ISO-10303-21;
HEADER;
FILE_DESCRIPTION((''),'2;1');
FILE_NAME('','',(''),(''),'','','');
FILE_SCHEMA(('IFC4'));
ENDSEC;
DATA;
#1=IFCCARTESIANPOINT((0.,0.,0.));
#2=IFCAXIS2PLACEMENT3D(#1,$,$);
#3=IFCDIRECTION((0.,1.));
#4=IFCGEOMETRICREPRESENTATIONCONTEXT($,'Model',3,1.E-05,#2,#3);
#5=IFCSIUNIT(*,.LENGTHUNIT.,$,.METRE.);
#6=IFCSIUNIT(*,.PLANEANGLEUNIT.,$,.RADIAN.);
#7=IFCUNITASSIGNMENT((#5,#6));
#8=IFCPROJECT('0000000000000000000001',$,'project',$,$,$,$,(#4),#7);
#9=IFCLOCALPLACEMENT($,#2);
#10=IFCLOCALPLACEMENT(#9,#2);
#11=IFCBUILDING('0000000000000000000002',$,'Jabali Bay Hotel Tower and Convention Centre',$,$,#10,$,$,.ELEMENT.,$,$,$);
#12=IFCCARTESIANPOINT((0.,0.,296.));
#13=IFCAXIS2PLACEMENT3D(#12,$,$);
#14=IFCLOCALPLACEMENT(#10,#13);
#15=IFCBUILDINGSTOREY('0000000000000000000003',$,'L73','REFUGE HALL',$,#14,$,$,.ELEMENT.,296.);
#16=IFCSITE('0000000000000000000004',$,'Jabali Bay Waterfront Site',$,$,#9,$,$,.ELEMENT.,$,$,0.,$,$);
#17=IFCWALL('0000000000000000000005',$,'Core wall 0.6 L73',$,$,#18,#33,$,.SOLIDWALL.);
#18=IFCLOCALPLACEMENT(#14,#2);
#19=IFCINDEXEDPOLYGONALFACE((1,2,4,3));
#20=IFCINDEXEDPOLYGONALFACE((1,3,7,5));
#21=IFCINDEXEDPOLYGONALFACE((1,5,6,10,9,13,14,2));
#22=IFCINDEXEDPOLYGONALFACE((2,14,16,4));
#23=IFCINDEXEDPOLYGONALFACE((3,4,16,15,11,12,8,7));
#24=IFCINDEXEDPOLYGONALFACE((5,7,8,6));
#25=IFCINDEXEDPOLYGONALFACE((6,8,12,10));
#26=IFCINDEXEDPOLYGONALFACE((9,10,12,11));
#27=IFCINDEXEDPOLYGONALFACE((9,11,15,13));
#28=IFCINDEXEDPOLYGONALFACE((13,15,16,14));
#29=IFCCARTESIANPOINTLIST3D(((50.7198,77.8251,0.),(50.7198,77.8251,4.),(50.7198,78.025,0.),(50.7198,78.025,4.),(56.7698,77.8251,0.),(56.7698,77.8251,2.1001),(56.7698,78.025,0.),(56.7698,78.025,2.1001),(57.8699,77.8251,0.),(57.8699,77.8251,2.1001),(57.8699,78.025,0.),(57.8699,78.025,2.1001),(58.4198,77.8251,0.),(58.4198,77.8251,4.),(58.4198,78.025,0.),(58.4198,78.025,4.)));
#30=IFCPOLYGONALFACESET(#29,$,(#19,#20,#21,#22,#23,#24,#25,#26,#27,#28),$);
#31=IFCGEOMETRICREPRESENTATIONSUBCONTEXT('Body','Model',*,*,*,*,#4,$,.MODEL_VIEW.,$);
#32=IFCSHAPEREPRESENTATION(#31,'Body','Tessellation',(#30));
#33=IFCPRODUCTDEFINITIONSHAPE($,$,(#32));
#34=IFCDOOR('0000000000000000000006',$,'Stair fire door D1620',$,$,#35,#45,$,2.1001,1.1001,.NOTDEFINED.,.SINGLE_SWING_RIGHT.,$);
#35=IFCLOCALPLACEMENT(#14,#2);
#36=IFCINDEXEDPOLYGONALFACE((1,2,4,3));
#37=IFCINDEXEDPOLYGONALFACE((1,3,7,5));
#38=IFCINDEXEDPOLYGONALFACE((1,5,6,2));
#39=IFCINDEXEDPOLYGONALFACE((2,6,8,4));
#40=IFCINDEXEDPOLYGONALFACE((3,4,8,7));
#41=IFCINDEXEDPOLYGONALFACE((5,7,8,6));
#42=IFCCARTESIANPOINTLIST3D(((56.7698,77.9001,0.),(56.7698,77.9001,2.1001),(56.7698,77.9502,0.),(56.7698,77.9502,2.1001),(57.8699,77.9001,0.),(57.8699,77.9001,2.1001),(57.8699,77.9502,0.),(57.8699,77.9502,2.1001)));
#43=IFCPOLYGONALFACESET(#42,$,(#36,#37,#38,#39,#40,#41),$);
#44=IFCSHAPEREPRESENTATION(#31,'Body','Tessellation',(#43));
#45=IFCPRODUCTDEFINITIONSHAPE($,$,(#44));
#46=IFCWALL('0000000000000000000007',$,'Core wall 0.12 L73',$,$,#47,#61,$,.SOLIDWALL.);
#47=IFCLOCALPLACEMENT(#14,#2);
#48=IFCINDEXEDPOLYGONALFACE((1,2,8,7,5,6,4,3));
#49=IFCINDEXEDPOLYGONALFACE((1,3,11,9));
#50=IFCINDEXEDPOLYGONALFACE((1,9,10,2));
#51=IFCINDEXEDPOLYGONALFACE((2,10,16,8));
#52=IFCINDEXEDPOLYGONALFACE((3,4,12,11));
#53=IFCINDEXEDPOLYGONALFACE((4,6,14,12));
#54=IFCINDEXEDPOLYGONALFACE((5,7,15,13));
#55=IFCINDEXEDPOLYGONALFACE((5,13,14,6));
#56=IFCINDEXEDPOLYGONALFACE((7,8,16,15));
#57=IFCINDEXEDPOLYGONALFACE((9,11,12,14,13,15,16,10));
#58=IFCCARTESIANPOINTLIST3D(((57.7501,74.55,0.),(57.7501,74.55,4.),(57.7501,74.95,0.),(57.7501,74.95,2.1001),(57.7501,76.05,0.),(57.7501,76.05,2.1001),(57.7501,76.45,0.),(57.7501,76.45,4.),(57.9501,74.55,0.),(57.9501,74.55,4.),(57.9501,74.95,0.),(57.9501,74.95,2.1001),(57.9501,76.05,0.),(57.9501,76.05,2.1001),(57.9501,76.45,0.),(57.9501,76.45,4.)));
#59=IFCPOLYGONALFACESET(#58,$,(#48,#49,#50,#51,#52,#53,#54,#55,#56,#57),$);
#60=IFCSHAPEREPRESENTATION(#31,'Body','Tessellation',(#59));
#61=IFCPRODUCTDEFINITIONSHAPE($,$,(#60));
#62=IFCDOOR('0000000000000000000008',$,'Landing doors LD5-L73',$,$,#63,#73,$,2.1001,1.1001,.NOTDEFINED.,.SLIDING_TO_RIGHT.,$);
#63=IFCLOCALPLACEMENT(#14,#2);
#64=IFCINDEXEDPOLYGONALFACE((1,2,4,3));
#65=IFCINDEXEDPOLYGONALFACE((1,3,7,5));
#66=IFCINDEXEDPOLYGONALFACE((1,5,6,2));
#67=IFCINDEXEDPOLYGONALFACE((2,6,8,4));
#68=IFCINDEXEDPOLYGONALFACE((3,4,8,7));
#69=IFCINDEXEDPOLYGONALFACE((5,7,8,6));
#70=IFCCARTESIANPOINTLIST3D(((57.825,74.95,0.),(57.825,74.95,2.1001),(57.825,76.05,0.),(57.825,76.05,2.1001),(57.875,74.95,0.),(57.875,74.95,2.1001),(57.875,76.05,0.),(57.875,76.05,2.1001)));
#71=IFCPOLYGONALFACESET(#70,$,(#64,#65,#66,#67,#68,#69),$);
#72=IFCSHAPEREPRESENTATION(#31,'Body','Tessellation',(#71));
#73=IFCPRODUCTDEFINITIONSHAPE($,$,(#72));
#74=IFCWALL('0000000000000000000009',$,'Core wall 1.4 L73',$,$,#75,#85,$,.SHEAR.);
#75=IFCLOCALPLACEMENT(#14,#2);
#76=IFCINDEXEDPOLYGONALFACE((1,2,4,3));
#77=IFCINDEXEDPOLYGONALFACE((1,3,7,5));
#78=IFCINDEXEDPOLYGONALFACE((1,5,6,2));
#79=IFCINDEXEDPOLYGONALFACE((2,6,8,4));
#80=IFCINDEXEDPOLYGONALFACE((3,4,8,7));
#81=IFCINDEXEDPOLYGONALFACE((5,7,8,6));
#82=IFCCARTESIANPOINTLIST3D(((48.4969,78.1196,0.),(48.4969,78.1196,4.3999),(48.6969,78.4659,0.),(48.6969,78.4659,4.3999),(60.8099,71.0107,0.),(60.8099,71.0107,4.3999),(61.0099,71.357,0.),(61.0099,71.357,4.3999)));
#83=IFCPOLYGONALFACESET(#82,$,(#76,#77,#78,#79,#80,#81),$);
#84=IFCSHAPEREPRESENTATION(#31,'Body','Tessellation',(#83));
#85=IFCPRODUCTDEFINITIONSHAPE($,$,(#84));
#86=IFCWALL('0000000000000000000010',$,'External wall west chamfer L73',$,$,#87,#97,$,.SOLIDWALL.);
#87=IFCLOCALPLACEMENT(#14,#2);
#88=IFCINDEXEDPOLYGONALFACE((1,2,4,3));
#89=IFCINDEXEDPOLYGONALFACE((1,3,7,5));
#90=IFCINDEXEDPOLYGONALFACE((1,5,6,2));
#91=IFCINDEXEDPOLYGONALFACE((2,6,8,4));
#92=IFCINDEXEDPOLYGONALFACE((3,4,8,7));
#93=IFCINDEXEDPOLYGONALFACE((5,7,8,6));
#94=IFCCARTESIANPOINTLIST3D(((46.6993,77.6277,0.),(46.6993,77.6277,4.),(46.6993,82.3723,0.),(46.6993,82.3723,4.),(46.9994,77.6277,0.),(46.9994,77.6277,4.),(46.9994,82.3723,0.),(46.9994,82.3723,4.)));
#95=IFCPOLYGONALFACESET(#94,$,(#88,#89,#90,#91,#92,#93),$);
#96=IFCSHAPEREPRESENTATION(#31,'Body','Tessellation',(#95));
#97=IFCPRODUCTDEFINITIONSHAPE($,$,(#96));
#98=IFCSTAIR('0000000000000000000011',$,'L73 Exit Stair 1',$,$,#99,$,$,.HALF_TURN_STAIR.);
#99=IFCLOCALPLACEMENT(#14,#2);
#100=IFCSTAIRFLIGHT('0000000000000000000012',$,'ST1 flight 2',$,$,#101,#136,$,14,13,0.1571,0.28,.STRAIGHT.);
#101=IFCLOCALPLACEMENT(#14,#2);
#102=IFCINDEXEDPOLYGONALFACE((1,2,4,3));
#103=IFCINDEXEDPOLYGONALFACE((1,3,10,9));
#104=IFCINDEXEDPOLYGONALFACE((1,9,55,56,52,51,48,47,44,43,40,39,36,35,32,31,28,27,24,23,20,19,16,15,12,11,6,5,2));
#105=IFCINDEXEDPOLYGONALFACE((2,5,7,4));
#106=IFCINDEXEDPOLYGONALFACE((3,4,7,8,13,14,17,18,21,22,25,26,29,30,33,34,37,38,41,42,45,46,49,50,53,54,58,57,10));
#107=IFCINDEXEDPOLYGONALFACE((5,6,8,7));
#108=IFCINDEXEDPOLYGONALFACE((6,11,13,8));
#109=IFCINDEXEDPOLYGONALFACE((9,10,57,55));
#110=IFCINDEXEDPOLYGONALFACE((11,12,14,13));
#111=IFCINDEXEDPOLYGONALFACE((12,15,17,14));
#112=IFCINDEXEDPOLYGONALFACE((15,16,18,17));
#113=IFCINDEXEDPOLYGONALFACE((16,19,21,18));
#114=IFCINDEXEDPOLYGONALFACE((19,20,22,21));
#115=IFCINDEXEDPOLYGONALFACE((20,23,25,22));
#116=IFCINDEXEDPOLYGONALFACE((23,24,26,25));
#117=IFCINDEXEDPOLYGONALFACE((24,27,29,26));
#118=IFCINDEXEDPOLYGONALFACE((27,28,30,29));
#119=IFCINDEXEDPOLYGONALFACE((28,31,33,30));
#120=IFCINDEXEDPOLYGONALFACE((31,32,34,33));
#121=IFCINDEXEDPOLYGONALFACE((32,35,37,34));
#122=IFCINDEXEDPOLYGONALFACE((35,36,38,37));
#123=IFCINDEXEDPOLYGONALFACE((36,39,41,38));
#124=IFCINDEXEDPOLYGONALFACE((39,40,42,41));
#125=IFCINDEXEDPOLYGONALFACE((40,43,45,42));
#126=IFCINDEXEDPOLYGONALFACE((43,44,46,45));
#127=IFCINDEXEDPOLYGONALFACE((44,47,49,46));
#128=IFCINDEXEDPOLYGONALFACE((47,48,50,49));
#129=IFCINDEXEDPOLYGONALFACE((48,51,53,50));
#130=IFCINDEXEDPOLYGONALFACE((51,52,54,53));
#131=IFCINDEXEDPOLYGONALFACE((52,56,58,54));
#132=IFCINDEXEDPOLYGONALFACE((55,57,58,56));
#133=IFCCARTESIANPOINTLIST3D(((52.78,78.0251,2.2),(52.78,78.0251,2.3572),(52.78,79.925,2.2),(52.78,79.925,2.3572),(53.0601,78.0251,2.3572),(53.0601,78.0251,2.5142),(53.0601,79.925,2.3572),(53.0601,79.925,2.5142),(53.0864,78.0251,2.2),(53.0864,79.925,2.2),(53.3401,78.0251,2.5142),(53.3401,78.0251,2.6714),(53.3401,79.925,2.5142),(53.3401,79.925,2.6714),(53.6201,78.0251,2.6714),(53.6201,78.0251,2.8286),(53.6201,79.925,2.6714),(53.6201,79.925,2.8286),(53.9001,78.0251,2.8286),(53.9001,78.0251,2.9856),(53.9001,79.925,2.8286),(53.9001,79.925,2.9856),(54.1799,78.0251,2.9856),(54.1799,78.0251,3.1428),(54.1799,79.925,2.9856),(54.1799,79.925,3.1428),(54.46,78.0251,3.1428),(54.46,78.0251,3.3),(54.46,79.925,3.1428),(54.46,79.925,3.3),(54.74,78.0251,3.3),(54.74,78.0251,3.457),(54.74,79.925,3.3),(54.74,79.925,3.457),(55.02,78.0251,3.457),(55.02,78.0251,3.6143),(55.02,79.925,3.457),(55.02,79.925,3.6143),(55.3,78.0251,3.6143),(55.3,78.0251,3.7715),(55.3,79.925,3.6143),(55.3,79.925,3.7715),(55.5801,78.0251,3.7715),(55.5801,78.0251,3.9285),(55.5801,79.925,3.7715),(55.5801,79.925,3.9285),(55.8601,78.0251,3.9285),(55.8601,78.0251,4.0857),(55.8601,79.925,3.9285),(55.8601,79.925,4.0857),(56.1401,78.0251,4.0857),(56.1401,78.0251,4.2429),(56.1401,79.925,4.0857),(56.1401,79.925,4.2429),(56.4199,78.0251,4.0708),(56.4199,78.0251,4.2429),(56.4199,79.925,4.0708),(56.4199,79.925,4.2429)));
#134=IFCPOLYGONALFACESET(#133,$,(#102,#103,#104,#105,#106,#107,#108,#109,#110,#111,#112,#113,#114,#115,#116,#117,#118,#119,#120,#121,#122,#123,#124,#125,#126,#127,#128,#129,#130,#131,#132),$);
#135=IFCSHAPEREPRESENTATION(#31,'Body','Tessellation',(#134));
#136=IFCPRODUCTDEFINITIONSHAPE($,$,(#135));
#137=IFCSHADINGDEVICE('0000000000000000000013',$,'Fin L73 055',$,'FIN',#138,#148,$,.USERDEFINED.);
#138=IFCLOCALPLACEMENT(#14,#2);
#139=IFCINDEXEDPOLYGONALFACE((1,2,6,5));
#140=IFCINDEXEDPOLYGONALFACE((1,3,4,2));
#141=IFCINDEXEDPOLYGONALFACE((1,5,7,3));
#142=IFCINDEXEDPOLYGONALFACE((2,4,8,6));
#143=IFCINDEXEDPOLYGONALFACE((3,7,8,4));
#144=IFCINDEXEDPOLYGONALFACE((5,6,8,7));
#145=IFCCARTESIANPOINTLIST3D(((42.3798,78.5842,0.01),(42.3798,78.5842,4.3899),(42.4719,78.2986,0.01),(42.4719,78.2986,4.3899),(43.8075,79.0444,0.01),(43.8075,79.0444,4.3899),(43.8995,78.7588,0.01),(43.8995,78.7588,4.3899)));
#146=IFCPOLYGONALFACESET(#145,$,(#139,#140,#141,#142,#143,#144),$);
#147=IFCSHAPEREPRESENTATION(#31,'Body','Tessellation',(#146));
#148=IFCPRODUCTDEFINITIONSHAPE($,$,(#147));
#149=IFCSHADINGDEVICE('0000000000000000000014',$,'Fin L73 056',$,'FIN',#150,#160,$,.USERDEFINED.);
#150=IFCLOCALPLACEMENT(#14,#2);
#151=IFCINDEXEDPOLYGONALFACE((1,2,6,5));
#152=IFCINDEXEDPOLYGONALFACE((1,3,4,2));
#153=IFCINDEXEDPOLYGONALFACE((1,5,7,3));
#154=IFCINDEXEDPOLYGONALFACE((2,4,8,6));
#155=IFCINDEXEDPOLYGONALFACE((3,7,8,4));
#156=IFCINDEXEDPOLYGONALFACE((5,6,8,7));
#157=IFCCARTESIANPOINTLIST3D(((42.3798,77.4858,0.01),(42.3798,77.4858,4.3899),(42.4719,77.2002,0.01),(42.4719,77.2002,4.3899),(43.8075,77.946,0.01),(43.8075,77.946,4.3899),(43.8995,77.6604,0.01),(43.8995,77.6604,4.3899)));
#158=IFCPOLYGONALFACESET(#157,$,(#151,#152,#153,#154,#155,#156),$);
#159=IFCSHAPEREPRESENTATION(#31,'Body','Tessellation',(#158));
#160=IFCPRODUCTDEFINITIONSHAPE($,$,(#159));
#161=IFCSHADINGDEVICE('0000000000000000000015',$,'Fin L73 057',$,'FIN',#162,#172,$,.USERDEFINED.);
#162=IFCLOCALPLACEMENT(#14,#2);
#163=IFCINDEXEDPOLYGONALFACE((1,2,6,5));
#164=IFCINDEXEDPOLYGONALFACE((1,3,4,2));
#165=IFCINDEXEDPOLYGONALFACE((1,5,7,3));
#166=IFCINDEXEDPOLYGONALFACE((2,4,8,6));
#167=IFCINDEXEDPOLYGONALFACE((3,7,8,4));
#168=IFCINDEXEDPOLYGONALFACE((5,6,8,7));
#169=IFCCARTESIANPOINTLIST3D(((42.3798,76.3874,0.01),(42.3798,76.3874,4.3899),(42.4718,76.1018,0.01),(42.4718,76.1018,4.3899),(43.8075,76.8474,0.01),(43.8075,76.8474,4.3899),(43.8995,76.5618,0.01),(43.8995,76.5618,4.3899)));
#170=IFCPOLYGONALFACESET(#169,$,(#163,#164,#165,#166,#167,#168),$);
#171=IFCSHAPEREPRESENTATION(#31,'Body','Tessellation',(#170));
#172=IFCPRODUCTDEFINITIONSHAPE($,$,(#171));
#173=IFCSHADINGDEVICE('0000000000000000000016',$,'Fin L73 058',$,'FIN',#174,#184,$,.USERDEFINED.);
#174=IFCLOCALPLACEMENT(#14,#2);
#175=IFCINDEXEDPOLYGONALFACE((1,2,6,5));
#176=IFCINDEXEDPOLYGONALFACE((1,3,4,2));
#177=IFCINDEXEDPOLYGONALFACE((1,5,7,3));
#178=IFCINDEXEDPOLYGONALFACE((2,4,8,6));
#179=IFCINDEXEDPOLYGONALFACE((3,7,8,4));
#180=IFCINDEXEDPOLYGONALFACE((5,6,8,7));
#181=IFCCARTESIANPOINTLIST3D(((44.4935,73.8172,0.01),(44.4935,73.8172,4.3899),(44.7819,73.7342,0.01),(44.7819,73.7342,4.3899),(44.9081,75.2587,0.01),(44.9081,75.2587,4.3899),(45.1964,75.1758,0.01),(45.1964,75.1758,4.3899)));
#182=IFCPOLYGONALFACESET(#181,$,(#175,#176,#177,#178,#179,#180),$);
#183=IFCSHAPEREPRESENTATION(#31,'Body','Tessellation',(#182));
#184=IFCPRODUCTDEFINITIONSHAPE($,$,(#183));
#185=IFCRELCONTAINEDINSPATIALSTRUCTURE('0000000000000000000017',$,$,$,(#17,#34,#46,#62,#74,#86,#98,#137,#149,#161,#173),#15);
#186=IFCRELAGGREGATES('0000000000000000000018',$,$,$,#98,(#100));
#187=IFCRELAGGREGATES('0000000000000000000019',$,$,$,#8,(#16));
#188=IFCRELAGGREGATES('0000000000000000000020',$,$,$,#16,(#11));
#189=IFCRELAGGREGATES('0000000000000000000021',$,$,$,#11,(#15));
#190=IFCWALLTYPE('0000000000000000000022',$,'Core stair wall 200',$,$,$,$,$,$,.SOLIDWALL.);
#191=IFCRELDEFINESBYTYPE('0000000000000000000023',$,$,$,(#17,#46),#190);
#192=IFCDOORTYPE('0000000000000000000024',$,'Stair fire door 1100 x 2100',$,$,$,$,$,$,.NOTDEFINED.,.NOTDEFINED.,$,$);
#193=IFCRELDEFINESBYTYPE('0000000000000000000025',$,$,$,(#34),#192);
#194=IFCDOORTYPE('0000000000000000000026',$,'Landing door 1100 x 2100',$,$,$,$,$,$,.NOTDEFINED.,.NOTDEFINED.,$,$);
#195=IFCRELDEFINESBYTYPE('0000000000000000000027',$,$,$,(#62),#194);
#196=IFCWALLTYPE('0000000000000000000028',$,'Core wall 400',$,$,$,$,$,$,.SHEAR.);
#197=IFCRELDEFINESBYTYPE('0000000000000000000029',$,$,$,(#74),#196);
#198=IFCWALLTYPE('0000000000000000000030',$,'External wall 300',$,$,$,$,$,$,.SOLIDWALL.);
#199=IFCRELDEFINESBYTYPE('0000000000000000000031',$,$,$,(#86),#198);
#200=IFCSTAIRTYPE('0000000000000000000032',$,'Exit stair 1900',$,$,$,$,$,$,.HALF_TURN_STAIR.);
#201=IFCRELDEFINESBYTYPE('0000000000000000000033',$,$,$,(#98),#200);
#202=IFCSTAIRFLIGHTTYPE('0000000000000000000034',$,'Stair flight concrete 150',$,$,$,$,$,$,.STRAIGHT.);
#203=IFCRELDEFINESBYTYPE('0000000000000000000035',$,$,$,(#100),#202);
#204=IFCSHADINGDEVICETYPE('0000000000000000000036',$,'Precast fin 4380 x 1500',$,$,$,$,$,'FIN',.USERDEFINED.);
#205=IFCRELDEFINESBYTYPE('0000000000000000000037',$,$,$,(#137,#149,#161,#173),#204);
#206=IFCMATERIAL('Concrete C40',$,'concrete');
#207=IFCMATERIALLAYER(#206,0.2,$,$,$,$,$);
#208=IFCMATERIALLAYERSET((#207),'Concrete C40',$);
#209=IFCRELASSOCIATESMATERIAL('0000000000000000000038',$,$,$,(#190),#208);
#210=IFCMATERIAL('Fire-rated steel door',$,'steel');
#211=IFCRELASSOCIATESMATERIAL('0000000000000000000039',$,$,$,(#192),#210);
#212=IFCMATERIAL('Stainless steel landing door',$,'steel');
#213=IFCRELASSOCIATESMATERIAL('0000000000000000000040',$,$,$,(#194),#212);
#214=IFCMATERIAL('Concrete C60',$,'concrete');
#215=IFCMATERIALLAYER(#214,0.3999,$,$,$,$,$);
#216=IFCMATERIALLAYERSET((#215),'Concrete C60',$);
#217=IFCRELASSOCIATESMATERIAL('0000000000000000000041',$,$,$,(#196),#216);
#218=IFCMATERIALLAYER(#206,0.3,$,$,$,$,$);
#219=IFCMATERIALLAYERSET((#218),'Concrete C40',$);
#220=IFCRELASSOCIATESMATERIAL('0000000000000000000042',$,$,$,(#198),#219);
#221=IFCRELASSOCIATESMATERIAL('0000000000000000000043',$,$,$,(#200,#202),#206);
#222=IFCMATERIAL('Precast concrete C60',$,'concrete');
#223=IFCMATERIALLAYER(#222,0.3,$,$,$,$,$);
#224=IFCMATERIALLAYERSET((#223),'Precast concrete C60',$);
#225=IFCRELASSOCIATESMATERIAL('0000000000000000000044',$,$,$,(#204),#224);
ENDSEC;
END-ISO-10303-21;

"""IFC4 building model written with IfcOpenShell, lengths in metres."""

from ifc_helpers import new_model, si_unit, direction, frame, frame_2d, origin, place, context, subcontext, project, spatial, polyline, rectangle, outline, extrude, material, layer, layer_set, type_object, element, fill, aggregate, save


model = new_model("IFC4")

# Units and contexts
model_context = context("Model", 3, precision=1e-05, world=origin(), true_north=direction((0.0, 1.0)))
body_context = subcontext(model_context, "Body", "Model", "MODEL_VIEW")
ifc_project = project(units=[si_unit("LENGTHUNIT", "METRE"), si_unit("PLANEANGLEUNIT", "RADIAN")], contexts=[model_context])

# Site, building, storey
site_placement = place(None, origin())
site = spatial("IfcSite", under=ifc_project, at=site_placement, Name="Jabali Bay Waterfront Site", CompositionType="ELEMENT", RefElevation=0.0)
building_placement = place(site_placement, origin())
building = spatial("IfcBuilding", under=site, at=building_placement, Name="Jabali Bay Hotel Tower and Convention Centre", CompositionType="ELEMENT")
storey_placement = place(building_placement, frame((0.0, 0.0, 296.0)))
storey = spatial("IfcBuildingStorey", under=building, at=storey_placement, Name="L73", Description="REFUGE HALL", CompositionType="ELEMENT", Elevation=296.0)

# Shared definitions
ifc_material_1 = material(Name="Concrete C60", Category="concrete")

# Walls, openings, doors
ifc_material_2 = material(Name="Concrete C40", Category="concrete")
ifc_material_3 = material(Name="Fire-rated steel door", Category="steel")
ifc_layer_1 = layer(ifc_material_2, 0.2)
ifc_layer_set_1 = layer_set([ifc_layer_1], Name="Concrete C40")
wall_type_1 = type_object("IfcWallType", Name="Core stair wall 200", PredefinedType="SOLIDWALL", material=ifc_layer_set_1)
wall_1_placement = place(storey_placement, frame((58.4199, 77.925, 0.0), z_axis=(0.0, 0.0, 1.0), x_axis=(-1.0, 0.0, 0.0)))
wall_1 = element("IfcWall", 1, at=wall_1_placement, inside=storey, type_object=wall_type_1, Name="Core wall 0.6 L73", PredefinedType="SOLIDWALL", context=body_context, shape_type="SweptSolid", body=[
    extrude(rectangle(XDim=7.7, YDim=0.2, at=frame_2d((3.8501, 0.0))), origin(), (0.0, 0.0, 1.0), 4.0),
])
opening_1_placement = place(wall_1_placement, frame((0.55, 0.0, 0.0)))
opening_1 = element("IfcOpeningElement", 2, at=opening_1_placement, cuts=wall_1, PredefinedType="OPENING", context=body_context, shape_type="SweptSolid", body=[
    extrude(rectangle(XDim=1.1001, YDim=2.1001, at=frame_2d((0.55, 1.05))), frame((0.0, 0.1104, 0.0), z_axis=(0.0, -1.0, 0.0), x_axis=(1.0, 0.0, 0.0)), (0.0, 0.0, 1.0), 0.2209),
])
door_type_1 = type_object("IfcDoorType", Name="Stair fire door 1100 x 2100", OperationType="NOTDEFINED", PredefinedType="NOTDEFINED", material=ifc_material_3)
door_1_placement = place(opening_1_placement, origin())
door_1 = element("IfcDoor", 3, at=door_1_placement, inside=storey, type_object=door_type_1, Name="Stair fire door D1620", OperationType="SINGLE_SWING_RIGHT", OverallHeight=2.1001, OverallWidth=1.1001, PredefinedType="NOTDEFINED", context=body_context, shape_type="SweptSolid", body=[
    extrude(rectangle(XDim=1.1001, YDim=2.1001, at=frame_2d((0.55, 1.05))), frame((0.0, 0.0249, 0.0), z_axis=(0.0, -1.0, 0.0), x_axis=(1.0, 0.0, 0.0)), (0.0, 0.0, 1.0), 0.05),
])
fill(opening_1, door_1)
wall_2_placement = place(storey_placement, frame((57.8501, 76.45, 0.0), z_axis=(0.0, 0.0, 1.0), x_axis=(0.0, -1.0, 0.0)))
wall_2 = element("IfcWall", 4, at=wall_2_placement, inside=storey, type_object=wall_type_1, Name="Core wall 0.12 L73", PredefinedType="SOLIDWALL", context=body_context, shape_type="SweptSolid", body=[
    extrude(rectangle(XDim=1.8999, YDim=0.2, at=frame_2d((0.95, 0.0))), origin(), (0.0, 0.0, 1.0), 4.0),
])
opening_2_placement = place(wall_2_placement, frame((0.3999, 0.0, 0.0)))
opening_2 = element("IfcOpeningElement", 5, at=opening_2_placement, cuts=wall_2, PredefinedType="OPENING", context=body_context, shape_type="SweptSolid", body=[
    extrude(rectangle(XDim=1.1001, YDim=2.1001, at=frame_2d((0.55, 1.05))), frame((0.0, 0.1104, 0.0), z_axis=(0.0, -1.0, 0.0), x_axis=(1.0, 0.0, 0.0)), (0.0, 0.0, 1.0), 0.2209),
])
ifc_material_4 = material(Name="Stainless steel landing door", Category="steel")
door_type_2 = type_object("IfcDoorType", Name="Landing door 1100 x 2100", OperationType="NOTDEFINED", PredefinedType="NOTDEFINED", material=ifc_material_4)
door_2_placement = place(opening_2_placement, origin())
door_2 = element("IfcDoor", 6, at=door_2_placement, inside=storey, type_object=door_type_2, Name="Landing doors LD5-L73", OperationType="SLIDING_TO_RIGHT", OverallHeight=2.1001, OverallWidth=1.1001, PredefinedType="NOTDEFINED", context=body_context, shape_type="SweptSolid", body=[
    extrude(rectangle(XDim=1.1001, YDim=2.1001, at=frame_2d((0.55, 1.05))), frame((0.0, 0.0249, 0.0), z_axis=(0.0, -1.0, 0.0), x_axis=(1.0, 0.0, 0.0)), (0.0, 0.0, 1.0), 0.05),
])
fill(opening_2, door_2)

# Walls
ifc_layer_2 = layer(ifc_material_1, 0.3999)
ifc_layer_set_2 = layer_set([ifc_layer_2], Name="Concrete C60")
wall_type_2 = type_object("IfcWallType", Name="Core wall 400", PredefinedType="SHEAR", material=ifc_layer_set_2)
wall_3_placement = place(storey_placement, frame((48.5969, 78.2927, 0.0), z_axis=(0.0, 0.0, 1.0), x_axis=(0.866026, -0.499999, 0.0)))
element("IfcWall", 7, at=wall_3_placement, inside=storey, type_object=wall_type_2, Name="Core wall 1.4 L73", PredefinedType="SHEAR", context=body_context, shape_type="SweptSolid", body=[
    extrude(rectangle(XDim=14.2178, YDim=0.3999, at=frame_2d((7.1089, 0.0))), origin(), (0.0, 0.0, 1.0), 4.3999),
])
ifc_layer_3 = layer(ifc_material_2, 0.3)
ifc_layer_set_3 = layer_set([ifc_layer_3], Name="Concrete C40")
wall_type_3 = type_object("IfcWallType", Name="External wall 300", PredefinedType="SOLIDWALL", material=ifc_layer_set_3)
wall_4_placement = place(storey_placement, frame((46.8494, 77.6277, 0.0), z_axis=(0.0, 0.0, 1.0), x_axis=(0.0, 1.0, 0.0)))
element("IfcWall", 8, at=wall_4_placement, inside=storey, type_object=wall_type_3, Name="External wall west chamfer L73", PredefinedType="SOLIDWALL", context=body_context, shape_type="SweptSolid", body=[
    extrude(rectangle(XDim=4.7446, YDim=0.3, at=frame_2d((2.3723, 0.0))), origin(), (0.0, 0.0, 1.0), 4.0),
])

# Stair, stair flight
stair_type = type_object("IfcStairType", Name="Exit stair 1900", PredefinedType="HALF_TURN_STAIR", material=ifc_material_2)
stair_placement = place(storey_placement, origin())
stair = element("IfcStair", 9, at=stair_placement, inside=storey, type_object=stair_type, Name="L73 Exit Stair 1", PredefinedType="HALF_TURN_STAIR")
stair_flight_type = type_object("IfcStairFlightType", Name="Stair flight concrete 150", PredefinedType="STRAIGHT", material=ifc_material_2)
stair_flight_placement = place(storey_placement, frame((52.78, 78.9751, 2.2), z_axis=(0.0, 0.0, 1.0), x_axis=(1.0, 0.0, 0.0)))
stair_flight = element("IfcStairFlight", 10, at=stair_flight_placement, type_object=stair_flight_type, Name="ST1 flight 2", NumberOfRisers=14, NumberOfTreads=13, PredefinedType="STRAIGHT", RiserHeight=0.1571, TreadLength=0.28, context=body_context, shape_type="SweptSolid", body=[
    extrude(outline(polyline([(0.0, 0.0), (0.0, 0.1572), (0.28, 0.1572), (0.28, 0.3142), (0.5601, 0.3142), (0.5601, 0.4714), (0.8401, 0.4714), (0.8401, 0.6287), (1.1201, 0.6287), (1.1201, 0.7856), (1.3999, 0.7856), (1.3999, 0.9429), (1.6799, 0.9429), (1.6799, 1.1001), (1.96, 1.1001), (1.96, 1.2571), (2.24, 1.2571), (2.24, 1.4143), (2.52, 1.4143), (2.52, 1.5715), (2.8, 1.5715), (2.8, 1.7285), (3.0801, 1.7285), (3.0801, 1.8857), (3.3601, 1.8857), (3.3601, 2.043), (3.6399, 2.043), (3.6399, 2.2), (3.6399, 1.8708), (0.3064, 0.0), (0.0, 0.0)])), frame((0.0, 0.95, 0.0), z_axis=(0.0, -1.0, 0.0), x_axis=(1.0, 0.0, 0.0)), (0.0, 0.0, 1.0), 1.8999),
])
aggregate(stair, [stair_flight])

# Shading devices
ifc_material_5 = material(Name="Precast concrete C60", Category="concrete")
ifc_layer_4 = layer(ifc_material_5, 0.3)
ifc_layer_set_4 = layer_set([ifc_layer_4], Name="Precast concrete C60")
shading_device_type = type_object("IfcShadingDeviceType", Name="Precast fin 4380 x 1500", ElementType="FIN", PredefinedType="USERDEFINED", material=ifc_layer_set_4)
for number, where, z_axis, x_axis, name in (
    (11, (43.8535, 78.9016, 0.01), (0.0, 0.0, 1.0), (-0.951778, -0.306789, 0.0), "Fin L73 055"),
    (12, (43.8535, 77.8032, 0.01), (0.0, 0.0, 1.0), (-0.951778, -0.306789, 0.0), "Fin L73 056"),
    (13, (43.8535, 76.7046, 0.01), (0.0, 0.0, 1.0), (-0.951825, -0.306641, 0.0), "Fin L73 057"),
    (14, (45.0522, 75.2173, 0.01), (0.0, 0.0, 1.0), (-0.276354, -0.961056, 0.0), "Fin L73 058"),
):
    element("IfcShadingDevice", number, at=place(storey_placement, frame(where, z_axis=z_axis, x_axis=x_axis)), inside=storey, type_object=shading_device_type, Name=name, ObjectType="FIN", PredefinedType="USERDEFINED", context=body_context, shape_type="SweptSolid", body=[
        extrude(rectangle(XDim=1.5, YDim=0.3, at=frame_2d((0.75, 0.0))), origin(), (0.0, 0.0, 1.0), 4.3799),
    ])

save(model, "model.ifc")
